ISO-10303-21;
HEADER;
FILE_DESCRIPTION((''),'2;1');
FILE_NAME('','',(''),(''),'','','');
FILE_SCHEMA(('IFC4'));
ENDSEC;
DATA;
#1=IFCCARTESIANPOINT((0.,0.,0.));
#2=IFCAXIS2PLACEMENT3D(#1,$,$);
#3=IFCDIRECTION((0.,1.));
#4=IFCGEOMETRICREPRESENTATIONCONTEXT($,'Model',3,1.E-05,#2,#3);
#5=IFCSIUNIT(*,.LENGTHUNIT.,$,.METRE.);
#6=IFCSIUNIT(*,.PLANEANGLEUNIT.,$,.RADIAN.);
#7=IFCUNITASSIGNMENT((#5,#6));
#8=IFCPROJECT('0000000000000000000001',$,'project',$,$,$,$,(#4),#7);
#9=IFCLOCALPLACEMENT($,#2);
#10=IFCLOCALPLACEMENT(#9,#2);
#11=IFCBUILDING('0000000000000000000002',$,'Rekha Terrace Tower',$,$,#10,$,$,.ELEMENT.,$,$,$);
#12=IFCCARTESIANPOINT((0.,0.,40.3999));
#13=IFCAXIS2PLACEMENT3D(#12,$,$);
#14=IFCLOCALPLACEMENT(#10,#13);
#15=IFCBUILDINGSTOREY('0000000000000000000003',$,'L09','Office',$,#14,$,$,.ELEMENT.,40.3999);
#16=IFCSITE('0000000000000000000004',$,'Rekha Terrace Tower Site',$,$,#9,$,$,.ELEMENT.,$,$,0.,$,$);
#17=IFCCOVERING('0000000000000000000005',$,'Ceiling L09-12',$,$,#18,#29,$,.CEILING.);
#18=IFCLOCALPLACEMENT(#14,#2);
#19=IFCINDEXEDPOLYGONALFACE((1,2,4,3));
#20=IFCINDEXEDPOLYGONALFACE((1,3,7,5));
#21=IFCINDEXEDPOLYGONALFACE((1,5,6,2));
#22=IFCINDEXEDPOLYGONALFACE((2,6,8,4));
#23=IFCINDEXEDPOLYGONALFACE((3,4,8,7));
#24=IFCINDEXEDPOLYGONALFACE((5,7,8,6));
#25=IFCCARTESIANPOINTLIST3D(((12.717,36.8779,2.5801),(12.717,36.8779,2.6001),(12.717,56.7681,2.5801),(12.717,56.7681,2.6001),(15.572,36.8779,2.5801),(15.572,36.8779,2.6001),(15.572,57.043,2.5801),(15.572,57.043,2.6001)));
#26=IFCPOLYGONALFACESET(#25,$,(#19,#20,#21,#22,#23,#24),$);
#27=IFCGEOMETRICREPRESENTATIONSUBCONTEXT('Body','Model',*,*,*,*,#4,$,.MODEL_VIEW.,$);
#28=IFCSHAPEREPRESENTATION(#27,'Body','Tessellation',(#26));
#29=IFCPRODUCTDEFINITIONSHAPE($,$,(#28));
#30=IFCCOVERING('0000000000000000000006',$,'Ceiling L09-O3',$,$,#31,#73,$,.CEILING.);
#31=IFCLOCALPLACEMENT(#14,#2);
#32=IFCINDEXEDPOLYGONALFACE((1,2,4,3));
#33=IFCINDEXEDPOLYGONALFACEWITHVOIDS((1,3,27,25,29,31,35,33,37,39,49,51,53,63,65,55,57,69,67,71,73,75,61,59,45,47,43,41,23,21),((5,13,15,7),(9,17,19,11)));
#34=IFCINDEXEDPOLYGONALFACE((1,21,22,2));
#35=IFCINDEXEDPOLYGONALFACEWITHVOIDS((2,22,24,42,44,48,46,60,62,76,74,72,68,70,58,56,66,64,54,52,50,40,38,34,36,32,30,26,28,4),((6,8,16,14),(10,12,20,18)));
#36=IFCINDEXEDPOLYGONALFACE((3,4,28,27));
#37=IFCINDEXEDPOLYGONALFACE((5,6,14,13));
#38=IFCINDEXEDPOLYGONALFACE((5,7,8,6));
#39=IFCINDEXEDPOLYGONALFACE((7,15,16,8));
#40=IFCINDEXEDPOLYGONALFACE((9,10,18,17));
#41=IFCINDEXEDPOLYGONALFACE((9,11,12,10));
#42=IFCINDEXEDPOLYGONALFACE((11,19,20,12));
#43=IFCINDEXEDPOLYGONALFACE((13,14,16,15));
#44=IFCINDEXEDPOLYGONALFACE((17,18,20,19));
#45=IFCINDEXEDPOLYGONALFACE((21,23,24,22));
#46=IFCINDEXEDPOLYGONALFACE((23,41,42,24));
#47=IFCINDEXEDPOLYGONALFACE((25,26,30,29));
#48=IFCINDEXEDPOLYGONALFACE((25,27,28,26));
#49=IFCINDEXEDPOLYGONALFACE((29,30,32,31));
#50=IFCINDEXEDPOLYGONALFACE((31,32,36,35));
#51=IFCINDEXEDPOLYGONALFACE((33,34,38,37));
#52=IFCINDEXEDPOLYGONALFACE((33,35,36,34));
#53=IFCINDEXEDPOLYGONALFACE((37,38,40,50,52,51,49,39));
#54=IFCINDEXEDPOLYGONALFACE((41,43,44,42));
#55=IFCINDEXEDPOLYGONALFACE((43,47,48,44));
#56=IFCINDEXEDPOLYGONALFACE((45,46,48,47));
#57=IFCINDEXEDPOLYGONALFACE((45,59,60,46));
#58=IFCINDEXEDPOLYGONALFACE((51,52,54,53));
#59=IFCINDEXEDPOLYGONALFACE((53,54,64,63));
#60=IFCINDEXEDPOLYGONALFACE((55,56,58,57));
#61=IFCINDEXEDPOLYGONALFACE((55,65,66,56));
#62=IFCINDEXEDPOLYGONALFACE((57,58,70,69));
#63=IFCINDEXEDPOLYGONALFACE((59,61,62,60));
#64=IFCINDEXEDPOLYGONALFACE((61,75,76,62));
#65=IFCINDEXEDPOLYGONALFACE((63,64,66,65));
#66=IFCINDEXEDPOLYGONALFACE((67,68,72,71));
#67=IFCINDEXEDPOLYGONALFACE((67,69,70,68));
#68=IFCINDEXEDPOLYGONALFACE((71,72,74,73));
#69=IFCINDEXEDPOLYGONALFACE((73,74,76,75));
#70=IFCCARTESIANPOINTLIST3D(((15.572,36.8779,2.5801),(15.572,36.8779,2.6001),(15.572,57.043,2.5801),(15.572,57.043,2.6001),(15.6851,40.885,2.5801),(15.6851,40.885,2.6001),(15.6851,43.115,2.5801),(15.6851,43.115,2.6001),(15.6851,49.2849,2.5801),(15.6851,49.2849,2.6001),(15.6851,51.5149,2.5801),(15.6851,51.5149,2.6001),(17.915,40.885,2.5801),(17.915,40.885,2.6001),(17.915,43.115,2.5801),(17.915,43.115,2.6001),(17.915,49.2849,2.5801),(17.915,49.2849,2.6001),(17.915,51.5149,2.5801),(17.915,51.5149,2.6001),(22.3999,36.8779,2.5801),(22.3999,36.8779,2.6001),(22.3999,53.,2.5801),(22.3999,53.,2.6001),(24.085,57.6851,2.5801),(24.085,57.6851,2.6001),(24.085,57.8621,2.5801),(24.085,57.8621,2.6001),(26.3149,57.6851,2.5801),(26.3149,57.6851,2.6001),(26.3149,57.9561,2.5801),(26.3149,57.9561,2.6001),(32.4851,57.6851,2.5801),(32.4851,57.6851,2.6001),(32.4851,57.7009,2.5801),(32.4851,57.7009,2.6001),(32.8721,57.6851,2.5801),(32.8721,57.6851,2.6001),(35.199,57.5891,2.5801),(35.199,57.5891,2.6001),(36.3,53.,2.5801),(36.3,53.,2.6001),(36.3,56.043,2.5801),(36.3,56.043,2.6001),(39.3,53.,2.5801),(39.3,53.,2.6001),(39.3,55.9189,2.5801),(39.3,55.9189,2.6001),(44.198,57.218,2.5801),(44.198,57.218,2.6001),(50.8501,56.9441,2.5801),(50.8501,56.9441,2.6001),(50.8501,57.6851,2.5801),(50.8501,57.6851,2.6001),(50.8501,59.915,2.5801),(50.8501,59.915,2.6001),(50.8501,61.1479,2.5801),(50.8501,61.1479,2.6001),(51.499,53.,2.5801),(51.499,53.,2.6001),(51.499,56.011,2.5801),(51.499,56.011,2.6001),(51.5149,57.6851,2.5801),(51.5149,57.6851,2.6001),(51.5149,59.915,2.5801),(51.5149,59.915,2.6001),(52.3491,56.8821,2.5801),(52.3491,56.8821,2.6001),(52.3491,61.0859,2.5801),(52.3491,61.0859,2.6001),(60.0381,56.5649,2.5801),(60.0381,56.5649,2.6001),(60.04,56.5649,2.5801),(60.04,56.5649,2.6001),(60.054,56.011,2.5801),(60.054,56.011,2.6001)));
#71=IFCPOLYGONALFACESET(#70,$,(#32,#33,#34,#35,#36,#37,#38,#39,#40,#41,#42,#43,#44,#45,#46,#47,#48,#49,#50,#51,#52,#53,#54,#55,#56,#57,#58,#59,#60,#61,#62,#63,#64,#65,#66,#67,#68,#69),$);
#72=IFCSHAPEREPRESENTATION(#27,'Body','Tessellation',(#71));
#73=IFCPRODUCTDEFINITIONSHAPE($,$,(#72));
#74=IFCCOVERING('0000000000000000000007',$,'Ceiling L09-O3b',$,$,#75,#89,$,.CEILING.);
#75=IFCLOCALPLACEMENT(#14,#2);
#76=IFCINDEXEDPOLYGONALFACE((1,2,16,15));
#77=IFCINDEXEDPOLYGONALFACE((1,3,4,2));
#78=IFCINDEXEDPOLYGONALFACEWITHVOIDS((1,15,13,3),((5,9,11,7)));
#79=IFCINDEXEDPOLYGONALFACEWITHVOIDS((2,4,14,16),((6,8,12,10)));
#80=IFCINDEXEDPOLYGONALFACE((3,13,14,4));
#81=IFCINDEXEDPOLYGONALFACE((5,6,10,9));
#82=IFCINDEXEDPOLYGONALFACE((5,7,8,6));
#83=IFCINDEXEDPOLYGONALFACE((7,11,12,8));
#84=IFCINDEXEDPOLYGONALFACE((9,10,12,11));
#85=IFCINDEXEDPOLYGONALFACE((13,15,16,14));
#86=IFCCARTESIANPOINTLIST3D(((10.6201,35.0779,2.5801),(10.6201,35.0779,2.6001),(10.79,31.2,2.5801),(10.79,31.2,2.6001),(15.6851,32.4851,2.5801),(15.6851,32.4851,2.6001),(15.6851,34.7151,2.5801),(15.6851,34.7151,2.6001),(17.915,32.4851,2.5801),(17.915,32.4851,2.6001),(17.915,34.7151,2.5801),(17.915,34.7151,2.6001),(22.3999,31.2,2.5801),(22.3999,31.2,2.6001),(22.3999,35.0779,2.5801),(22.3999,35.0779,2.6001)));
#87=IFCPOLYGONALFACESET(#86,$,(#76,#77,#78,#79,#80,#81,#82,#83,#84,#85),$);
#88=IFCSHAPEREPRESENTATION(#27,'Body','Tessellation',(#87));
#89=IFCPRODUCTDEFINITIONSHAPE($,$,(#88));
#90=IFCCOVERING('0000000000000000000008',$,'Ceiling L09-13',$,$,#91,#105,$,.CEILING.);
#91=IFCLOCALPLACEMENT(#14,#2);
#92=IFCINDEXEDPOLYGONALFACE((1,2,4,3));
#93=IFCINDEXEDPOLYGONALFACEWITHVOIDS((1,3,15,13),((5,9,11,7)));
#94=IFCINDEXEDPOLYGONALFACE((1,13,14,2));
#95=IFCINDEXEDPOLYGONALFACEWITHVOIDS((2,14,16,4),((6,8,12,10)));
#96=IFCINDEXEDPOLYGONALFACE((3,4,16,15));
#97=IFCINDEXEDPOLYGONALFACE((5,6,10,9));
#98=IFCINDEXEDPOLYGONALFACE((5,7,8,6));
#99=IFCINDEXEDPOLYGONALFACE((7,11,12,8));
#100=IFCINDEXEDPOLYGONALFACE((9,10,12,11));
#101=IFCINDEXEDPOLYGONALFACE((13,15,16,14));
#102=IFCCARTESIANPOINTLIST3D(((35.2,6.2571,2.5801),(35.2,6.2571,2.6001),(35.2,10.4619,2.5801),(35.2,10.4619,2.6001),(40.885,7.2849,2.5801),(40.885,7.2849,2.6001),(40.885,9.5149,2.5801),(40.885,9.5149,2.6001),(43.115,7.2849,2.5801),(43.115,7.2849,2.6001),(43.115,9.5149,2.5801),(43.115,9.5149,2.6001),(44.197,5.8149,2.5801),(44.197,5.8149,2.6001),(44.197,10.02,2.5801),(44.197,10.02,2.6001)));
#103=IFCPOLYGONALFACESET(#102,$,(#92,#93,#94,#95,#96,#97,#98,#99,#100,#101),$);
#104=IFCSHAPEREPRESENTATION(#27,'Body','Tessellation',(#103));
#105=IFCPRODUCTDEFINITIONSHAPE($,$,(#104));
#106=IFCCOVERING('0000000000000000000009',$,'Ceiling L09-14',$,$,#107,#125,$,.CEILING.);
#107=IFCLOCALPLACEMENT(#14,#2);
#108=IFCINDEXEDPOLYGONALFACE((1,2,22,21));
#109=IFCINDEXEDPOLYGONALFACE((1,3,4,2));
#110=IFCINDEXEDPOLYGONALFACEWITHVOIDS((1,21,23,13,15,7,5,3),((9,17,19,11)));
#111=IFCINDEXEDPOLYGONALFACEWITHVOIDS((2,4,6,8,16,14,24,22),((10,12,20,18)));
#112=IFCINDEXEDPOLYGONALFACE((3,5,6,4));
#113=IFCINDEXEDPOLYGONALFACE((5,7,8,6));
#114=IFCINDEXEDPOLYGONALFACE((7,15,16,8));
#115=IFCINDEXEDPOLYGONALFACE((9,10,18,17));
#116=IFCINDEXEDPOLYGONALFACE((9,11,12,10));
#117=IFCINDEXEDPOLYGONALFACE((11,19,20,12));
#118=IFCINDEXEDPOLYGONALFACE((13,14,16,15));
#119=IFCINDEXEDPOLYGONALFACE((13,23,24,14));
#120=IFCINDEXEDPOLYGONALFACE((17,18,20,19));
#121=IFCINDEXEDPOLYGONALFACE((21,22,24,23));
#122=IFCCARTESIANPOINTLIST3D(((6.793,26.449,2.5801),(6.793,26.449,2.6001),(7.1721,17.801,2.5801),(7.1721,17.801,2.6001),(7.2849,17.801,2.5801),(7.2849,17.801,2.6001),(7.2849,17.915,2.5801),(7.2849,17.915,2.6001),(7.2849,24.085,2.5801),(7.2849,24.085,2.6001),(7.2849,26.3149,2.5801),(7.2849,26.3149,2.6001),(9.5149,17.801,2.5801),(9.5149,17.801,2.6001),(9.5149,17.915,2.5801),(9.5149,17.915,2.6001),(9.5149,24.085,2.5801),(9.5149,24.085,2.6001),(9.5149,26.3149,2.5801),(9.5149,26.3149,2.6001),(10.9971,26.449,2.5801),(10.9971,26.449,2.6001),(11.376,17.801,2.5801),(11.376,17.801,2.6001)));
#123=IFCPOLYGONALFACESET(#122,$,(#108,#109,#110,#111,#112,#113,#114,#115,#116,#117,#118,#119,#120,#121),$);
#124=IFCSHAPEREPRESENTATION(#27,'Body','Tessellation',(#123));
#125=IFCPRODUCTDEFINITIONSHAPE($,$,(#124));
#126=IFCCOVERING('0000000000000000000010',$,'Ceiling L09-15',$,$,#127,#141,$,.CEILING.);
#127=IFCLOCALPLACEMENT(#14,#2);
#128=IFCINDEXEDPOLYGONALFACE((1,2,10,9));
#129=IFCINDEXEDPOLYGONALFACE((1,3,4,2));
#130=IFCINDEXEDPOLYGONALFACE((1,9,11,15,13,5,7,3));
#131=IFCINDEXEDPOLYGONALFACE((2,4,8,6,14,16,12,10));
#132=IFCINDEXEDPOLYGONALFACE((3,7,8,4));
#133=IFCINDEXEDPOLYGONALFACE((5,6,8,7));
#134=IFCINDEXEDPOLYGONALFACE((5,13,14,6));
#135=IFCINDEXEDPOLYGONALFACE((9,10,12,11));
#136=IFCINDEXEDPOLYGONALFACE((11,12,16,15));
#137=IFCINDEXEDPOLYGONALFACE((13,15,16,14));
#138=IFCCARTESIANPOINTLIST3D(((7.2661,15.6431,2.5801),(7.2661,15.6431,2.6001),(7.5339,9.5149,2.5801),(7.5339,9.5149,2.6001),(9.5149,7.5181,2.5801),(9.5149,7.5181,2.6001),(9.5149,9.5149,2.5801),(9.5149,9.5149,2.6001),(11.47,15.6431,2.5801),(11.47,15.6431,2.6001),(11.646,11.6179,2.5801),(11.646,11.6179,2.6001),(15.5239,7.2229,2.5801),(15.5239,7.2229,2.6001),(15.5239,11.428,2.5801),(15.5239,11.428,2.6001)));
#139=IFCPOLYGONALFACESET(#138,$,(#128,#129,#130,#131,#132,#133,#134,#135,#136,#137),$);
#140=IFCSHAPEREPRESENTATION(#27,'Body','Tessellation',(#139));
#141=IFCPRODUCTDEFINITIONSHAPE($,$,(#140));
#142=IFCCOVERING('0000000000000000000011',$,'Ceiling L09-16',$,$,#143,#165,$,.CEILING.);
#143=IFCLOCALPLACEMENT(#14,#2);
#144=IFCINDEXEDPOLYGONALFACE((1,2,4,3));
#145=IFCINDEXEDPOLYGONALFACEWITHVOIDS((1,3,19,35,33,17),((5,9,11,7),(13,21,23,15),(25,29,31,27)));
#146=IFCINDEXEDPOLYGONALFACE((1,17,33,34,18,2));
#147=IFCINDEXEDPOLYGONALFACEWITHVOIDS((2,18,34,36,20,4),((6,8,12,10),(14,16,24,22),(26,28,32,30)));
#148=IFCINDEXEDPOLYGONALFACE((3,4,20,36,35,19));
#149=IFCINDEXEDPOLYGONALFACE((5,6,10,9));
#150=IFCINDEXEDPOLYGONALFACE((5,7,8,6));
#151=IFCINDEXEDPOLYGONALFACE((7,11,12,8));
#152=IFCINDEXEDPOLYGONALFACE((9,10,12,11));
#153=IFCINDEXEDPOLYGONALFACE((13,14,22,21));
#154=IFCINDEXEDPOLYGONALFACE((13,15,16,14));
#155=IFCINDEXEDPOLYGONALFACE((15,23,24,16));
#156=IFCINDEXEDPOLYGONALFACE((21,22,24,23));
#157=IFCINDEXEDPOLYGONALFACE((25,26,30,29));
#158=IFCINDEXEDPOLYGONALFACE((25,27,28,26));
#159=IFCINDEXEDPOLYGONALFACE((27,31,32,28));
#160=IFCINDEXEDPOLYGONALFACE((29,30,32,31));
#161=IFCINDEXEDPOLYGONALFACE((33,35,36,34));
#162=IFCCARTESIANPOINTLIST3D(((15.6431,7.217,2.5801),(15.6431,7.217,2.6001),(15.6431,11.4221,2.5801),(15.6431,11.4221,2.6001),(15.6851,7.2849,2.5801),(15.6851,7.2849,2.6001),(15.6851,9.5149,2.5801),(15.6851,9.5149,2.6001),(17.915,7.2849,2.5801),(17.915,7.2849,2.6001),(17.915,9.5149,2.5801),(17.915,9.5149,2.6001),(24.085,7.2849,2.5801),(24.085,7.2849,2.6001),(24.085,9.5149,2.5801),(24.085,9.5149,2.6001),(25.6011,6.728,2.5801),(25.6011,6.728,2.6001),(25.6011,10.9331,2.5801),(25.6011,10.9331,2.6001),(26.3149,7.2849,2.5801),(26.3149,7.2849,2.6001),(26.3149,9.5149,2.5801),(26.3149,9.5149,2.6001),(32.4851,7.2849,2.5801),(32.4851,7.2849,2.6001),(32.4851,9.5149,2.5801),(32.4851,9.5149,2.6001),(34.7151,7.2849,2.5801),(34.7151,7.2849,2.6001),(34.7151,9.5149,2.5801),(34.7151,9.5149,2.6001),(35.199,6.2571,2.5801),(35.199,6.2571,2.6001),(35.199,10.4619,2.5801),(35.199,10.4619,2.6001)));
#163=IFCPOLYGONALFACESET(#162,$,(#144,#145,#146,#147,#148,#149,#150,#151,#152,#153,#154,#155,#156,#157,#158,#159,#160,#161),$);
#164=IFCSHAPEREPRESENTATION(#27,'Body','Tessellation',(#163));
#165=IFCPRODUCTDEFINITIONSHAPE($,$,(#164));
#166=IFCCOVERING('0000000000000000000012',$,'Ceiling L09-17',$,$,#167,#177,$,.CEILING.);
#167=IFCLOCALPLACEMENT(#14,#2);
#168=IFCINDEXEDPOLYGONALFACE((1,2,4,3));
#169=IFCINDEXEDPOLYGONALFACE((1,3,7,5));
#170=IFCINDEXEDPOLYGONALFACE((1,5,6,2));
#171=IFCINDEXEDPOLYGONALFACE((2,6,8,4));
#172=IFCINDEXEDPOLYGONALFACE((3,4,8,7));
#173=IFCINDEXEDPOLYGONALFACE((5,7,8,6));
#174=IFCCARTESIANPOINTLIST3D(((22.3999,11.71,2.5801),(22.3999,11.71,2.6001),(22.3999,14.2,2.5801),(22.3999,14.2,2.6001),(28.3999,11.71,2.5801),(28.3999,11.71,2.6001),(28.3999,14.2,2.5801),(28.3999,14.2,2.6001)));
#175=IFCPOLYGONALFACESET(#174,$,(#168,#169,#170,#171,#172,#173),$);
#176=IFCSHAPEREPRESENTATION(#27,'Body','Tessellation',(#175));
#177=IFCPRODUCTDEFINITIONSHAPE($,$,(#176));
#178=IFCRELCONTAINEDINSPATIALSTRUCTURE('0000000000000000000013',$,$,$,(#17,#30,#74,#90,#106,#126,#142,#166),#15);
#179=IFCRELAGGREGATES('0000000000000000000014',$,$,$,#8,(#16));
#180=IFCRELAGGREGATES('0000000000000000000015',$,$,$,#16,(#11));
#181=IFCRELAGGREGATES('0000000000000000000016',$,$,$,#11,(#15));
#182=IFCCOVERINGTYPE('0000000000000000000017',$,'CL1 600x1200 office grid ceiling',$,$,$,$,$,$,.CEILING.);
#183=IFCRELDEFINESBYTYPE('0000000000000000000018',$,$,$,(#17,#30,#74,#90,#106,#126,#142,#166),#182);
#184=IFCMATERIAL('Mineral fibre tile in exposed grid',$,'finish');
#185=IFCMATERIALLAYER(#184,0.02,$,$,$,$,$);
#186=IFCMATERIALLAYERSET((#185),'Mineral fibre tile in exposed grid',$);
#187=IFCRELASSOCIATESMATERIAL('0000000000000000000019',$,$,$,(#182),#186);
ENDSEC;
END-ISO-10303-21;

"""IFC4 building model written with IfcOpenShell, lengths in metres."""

from ifc_helpers import new_model, si_unit, direction, frame, origin, place, context, subcontext, project, spatial, polyline, outline, extrude, material, layer, layer_set, type_object, element, save


model = new_model("IFC4")

# Units and contexts
model_context = context("Model", 3, precision=1e-05, world=origin(), true_north=direction((0.0, 1.0)))
body_context = subcontext(model_context, "Body", "Model", "MODEL_VIEW")
ifc_project = project(units=[si_unit("LENGTHUNIT", "METRE"), si_unit("PLANEANGLEUNIT", "RADIAN")], contexts=[model_context])

# Site, building, storey
site_placement = place(None, origin())
site = spatial("IfcSite", under=ifc_project, at=site_placement, Name="Rekha Terrace Tower Site", CompositionType="ELEMENT", RefElevation=0.0)
building_placement = place(site_placement, origin())
building = spatial("IfcBuilding", under=site, at=building_placement, Name="Rekha Terrace Tower", CompositionType="ELEMENT")
storey_placement = place(building_placement, frame((0.0, 0.0, 40.3999)))
storey = spatial("IfcBuildingStorey", under=building, at=storey_placement, Name="L09", Description="Office", CompositionType="ELEMENT", Elevation=40.3999)

# Coverings
ifc_material_1 = material(Name="Mineral fibre tile in exposed grid", Category="finish")
ifc_layer_1 = layer(ifc_material_1, 0.02)
ifc_layer_set_1 = layer_set([ifc_layer_1], Name="Mineral fibre tile in exposed grid")
covering_type_1 = type_object("IfcCoveringType", Name="CL1 600x1200 office grid ceiling", PredefinedType="CEILING", material=ifc_layer_set_1)
covering_1_placement = place(storey_placement, frame((0.0, 0.0, 2.5801)))
element("IfcCovering", 1, at=covering_1_placement, inside=storey, type_object=covering_type_1, Name="Ceiling L09-12", PredefinedType="CEILING", context=body_context, shape_type="SweptSolid", body=[
    extrude(outline(polyline([(15.572, 36.8779), (15.572, 57.043), (12.717, 56.7681), (12.717, 36.8779), (15.572, 36.8779)])), origin(), (0.0, 0.0, 1.0), 0.02),
])
covering_2_placement = place(storey_placement, frame((0.0, 0.0, 2.5801)))
element("IfcCovering", 2, at=covering_2_placement, inside=storey, type_object=covering_type_1, Name="Ceiling L09-O3", PredefinedType="CEILING", context=body_context, shape_type="SweptSolid", body=[
    extrude(outline(polyline([(24.085, 57.8621), (15.572, 57.043), (15.572, 36.8779), (22.3999, 36.8779), (22.3999, 53.0), (36.3, 53.0), (36.3, 56.043), (39.3, 55.9189), (39.3, 53.0), (51.499, 53.0), (51.499, 56.011), (60.054, 56.011), (60.04, 56.5649), (60.0381, 56.5649), (52.3491, 56.8821), (52.3491, 61.0859), (50.8501, 61.1479), (50.8501, 59.915), (51.5149, 59.915), (51.5149, 57.6851), (50.8501, 57.6851), (50.8501, 56.9441), (44.198, 57.218), (35.199, 57.5891), (32.8721, 57.6851), (32.4851, 57.6851), (32.4851, 57.7009), (26.3149, 57.9561), (26.3149, 57.6851), (24.085, 57.6851), (24.085, 57.8621)]), holes=[polyline([(17.915, 40.885), (15.6851, 40.885), (15.6851, 43.115), (17.915, 43.115), (17.915, 40.885)]), polyline([(17.915, 49.2849), (15.6851, 49.2849), (15.6851, 51.5149), (17.915, 51.5149), (17.915, 49.2849)])]), origin(), (0.0, 0.0, 1.0), 0.02),
])
covering_3_placement = place(storey_placement, frame((0.0, 0.0, 2.5801)))
element("IfcCovering", 3, at=covering_3_placement, inside=storey, type_object=covering_type_1, Name="Ceiling L09-O3b", PredefinedType="CEILING", context=body_context, shape_type="SweptSolid", body=[
    extrude(outline(polyline([(22.3999, 35.0779), (10.6201, 35.0779), (10.79, 31.2), (22.3999, 31.2), (22.3999, 35.0779)]), holes=[polyline([(17.915, 32.4851), (15.6851, 32.4851), (15.6851, 34.7151), (17.915, 34.7151), (17.915, 32.4851)])]), origin(), (0.0, 0.0, 1.0), 0.02),
])
covering_4_placement = place(storey_placement, frame((0.0, 0.0, 2.5801)))
element("IfcCovering", 4, at=covering_4_placement, inside=storey, type_object=covering_type_1, Name="Ceiling L09-13", PredefinedType="CEILING", context=body_context, shape_type="SweptSolid", body=[
    extrude(outline(polyline([(35.2, 10.4619), (35.2, 6.2571), (44.197, 5.8149), (44.197, 10.02), (35.2, 10.4619)]), holes=[polyline([(43.115, 7.2849), (40.885, 7.2849), (40.885, 9.5149), (43.115, 9.5149), (43.115, 7.2849)])]), origin(), (0.0, 0.0, 1.0), 0.02),
])
covering_5_placement = place(storey_placement, frame((0.0, 0.0, 2.5801)))
element("IfcCovering", 5, at=covering_5_placement, inside=storey, type_object=covering_type_1, Name="Ceiling L09-14", PredefinedType="CEILING", context=body_context, shape_type="SweptSolid", body=[
    extrude(outline(polyline([(9.5149, 17.801), (11.376, 17.801), (10.9971, 26.449), (6.793, 26.449), (7.1721, 17.801), (7.2849, 17.801), (7.2849, 17.915), (9.5149, 17.915), (9.5149, 17.801)]), holes=[polyline([(9.5149, 24.085), (7.2849, 24.085), (7.2849, 26.3149), (9.5149, 26.3149), (9.5149, 24.085)])]), origin(), (0.0, 0.0, 1.0), 0.02),
])
covering_6_placement = place(storey_placement, frame((0.0, 0.0, 2.5801)))
element("IfcCovering", 6, at=covering_6_placement, inside=storey, type_object=covering_type_1, Name="Ceiling L09-15", PredefinedType="CEILING", context=body_context, shape_type="SweptSolid", body=[
    extrude(outline(polyline([(15.5239, 11.428), (11.646, 11.6179), (11.47, 15.6431), (7.2661, 15.6431), (7.5339, 9.5149), (9.5149, 9.5149), (9.5149, 7.5181), (15.5239, 7.2229), (15.5239, 11.428)])), origin(), (0.0, 0.0, 1.0), 0.02),
])
covering_7_placement = place(storey_placement, frame((0.0, 0.0, 2.5801)))
element("IfcCovering", 7, at=covering_7_placement, inside=storey, type_object=covering_type_1, Name="Ceiling L09-16", PredefinedType="CEILING", context=body_context, shape_type="SweptSolid", body=[
    extrude(outline(polyline([(25.6011, 10.9331), (15.6431, 11.4221), (15.6431, 7.217), (25.6011, 6.728), (35.199, 6.2571), (35.199, 10.4619), (25.6011, 10.9331)]), holes=[polyline([(34.7151, 7.2849), (32.4851, 7.2849), (32.4851, 9.5149), (34.7151, 9.5149), (34.7151, 7.2849)]), polyline([(26.3149, 9.5149), (26.3149, 7.2849), (24.085, 7.2849), (24.085, 9.5149), (26.3149, 9.5149)]), polyline([(17.915, 7.2849), (15.6851, 7.2849), (15.6851, 9.5149), (17.915, 9.5149), (17.915, 7.2849)])]), origin(), (0.0, 0.0, 1.0), 0.02),
])
covering_8_placement = place(storey_placement, frame((0.0, 0.0, 2.5801)))
element("IfcCovering", 8, at=covering_8_placement, inside=storey, type_object=covering_type_1, Name="Ceiling L09-17", PredefinedType="CEILING", context=body_context, shape_type="SweptSolid", body=[
    extrude(outline(polyline([(22.3999, 14.2), (22.3999, 11.71), (28.3999, 11.71), (28.3999, 14.2), (22.3999, 14.2)])), origin(), (0.0, 0.0, 1.0), 0.02),
])

save(model, "model.ifc")
